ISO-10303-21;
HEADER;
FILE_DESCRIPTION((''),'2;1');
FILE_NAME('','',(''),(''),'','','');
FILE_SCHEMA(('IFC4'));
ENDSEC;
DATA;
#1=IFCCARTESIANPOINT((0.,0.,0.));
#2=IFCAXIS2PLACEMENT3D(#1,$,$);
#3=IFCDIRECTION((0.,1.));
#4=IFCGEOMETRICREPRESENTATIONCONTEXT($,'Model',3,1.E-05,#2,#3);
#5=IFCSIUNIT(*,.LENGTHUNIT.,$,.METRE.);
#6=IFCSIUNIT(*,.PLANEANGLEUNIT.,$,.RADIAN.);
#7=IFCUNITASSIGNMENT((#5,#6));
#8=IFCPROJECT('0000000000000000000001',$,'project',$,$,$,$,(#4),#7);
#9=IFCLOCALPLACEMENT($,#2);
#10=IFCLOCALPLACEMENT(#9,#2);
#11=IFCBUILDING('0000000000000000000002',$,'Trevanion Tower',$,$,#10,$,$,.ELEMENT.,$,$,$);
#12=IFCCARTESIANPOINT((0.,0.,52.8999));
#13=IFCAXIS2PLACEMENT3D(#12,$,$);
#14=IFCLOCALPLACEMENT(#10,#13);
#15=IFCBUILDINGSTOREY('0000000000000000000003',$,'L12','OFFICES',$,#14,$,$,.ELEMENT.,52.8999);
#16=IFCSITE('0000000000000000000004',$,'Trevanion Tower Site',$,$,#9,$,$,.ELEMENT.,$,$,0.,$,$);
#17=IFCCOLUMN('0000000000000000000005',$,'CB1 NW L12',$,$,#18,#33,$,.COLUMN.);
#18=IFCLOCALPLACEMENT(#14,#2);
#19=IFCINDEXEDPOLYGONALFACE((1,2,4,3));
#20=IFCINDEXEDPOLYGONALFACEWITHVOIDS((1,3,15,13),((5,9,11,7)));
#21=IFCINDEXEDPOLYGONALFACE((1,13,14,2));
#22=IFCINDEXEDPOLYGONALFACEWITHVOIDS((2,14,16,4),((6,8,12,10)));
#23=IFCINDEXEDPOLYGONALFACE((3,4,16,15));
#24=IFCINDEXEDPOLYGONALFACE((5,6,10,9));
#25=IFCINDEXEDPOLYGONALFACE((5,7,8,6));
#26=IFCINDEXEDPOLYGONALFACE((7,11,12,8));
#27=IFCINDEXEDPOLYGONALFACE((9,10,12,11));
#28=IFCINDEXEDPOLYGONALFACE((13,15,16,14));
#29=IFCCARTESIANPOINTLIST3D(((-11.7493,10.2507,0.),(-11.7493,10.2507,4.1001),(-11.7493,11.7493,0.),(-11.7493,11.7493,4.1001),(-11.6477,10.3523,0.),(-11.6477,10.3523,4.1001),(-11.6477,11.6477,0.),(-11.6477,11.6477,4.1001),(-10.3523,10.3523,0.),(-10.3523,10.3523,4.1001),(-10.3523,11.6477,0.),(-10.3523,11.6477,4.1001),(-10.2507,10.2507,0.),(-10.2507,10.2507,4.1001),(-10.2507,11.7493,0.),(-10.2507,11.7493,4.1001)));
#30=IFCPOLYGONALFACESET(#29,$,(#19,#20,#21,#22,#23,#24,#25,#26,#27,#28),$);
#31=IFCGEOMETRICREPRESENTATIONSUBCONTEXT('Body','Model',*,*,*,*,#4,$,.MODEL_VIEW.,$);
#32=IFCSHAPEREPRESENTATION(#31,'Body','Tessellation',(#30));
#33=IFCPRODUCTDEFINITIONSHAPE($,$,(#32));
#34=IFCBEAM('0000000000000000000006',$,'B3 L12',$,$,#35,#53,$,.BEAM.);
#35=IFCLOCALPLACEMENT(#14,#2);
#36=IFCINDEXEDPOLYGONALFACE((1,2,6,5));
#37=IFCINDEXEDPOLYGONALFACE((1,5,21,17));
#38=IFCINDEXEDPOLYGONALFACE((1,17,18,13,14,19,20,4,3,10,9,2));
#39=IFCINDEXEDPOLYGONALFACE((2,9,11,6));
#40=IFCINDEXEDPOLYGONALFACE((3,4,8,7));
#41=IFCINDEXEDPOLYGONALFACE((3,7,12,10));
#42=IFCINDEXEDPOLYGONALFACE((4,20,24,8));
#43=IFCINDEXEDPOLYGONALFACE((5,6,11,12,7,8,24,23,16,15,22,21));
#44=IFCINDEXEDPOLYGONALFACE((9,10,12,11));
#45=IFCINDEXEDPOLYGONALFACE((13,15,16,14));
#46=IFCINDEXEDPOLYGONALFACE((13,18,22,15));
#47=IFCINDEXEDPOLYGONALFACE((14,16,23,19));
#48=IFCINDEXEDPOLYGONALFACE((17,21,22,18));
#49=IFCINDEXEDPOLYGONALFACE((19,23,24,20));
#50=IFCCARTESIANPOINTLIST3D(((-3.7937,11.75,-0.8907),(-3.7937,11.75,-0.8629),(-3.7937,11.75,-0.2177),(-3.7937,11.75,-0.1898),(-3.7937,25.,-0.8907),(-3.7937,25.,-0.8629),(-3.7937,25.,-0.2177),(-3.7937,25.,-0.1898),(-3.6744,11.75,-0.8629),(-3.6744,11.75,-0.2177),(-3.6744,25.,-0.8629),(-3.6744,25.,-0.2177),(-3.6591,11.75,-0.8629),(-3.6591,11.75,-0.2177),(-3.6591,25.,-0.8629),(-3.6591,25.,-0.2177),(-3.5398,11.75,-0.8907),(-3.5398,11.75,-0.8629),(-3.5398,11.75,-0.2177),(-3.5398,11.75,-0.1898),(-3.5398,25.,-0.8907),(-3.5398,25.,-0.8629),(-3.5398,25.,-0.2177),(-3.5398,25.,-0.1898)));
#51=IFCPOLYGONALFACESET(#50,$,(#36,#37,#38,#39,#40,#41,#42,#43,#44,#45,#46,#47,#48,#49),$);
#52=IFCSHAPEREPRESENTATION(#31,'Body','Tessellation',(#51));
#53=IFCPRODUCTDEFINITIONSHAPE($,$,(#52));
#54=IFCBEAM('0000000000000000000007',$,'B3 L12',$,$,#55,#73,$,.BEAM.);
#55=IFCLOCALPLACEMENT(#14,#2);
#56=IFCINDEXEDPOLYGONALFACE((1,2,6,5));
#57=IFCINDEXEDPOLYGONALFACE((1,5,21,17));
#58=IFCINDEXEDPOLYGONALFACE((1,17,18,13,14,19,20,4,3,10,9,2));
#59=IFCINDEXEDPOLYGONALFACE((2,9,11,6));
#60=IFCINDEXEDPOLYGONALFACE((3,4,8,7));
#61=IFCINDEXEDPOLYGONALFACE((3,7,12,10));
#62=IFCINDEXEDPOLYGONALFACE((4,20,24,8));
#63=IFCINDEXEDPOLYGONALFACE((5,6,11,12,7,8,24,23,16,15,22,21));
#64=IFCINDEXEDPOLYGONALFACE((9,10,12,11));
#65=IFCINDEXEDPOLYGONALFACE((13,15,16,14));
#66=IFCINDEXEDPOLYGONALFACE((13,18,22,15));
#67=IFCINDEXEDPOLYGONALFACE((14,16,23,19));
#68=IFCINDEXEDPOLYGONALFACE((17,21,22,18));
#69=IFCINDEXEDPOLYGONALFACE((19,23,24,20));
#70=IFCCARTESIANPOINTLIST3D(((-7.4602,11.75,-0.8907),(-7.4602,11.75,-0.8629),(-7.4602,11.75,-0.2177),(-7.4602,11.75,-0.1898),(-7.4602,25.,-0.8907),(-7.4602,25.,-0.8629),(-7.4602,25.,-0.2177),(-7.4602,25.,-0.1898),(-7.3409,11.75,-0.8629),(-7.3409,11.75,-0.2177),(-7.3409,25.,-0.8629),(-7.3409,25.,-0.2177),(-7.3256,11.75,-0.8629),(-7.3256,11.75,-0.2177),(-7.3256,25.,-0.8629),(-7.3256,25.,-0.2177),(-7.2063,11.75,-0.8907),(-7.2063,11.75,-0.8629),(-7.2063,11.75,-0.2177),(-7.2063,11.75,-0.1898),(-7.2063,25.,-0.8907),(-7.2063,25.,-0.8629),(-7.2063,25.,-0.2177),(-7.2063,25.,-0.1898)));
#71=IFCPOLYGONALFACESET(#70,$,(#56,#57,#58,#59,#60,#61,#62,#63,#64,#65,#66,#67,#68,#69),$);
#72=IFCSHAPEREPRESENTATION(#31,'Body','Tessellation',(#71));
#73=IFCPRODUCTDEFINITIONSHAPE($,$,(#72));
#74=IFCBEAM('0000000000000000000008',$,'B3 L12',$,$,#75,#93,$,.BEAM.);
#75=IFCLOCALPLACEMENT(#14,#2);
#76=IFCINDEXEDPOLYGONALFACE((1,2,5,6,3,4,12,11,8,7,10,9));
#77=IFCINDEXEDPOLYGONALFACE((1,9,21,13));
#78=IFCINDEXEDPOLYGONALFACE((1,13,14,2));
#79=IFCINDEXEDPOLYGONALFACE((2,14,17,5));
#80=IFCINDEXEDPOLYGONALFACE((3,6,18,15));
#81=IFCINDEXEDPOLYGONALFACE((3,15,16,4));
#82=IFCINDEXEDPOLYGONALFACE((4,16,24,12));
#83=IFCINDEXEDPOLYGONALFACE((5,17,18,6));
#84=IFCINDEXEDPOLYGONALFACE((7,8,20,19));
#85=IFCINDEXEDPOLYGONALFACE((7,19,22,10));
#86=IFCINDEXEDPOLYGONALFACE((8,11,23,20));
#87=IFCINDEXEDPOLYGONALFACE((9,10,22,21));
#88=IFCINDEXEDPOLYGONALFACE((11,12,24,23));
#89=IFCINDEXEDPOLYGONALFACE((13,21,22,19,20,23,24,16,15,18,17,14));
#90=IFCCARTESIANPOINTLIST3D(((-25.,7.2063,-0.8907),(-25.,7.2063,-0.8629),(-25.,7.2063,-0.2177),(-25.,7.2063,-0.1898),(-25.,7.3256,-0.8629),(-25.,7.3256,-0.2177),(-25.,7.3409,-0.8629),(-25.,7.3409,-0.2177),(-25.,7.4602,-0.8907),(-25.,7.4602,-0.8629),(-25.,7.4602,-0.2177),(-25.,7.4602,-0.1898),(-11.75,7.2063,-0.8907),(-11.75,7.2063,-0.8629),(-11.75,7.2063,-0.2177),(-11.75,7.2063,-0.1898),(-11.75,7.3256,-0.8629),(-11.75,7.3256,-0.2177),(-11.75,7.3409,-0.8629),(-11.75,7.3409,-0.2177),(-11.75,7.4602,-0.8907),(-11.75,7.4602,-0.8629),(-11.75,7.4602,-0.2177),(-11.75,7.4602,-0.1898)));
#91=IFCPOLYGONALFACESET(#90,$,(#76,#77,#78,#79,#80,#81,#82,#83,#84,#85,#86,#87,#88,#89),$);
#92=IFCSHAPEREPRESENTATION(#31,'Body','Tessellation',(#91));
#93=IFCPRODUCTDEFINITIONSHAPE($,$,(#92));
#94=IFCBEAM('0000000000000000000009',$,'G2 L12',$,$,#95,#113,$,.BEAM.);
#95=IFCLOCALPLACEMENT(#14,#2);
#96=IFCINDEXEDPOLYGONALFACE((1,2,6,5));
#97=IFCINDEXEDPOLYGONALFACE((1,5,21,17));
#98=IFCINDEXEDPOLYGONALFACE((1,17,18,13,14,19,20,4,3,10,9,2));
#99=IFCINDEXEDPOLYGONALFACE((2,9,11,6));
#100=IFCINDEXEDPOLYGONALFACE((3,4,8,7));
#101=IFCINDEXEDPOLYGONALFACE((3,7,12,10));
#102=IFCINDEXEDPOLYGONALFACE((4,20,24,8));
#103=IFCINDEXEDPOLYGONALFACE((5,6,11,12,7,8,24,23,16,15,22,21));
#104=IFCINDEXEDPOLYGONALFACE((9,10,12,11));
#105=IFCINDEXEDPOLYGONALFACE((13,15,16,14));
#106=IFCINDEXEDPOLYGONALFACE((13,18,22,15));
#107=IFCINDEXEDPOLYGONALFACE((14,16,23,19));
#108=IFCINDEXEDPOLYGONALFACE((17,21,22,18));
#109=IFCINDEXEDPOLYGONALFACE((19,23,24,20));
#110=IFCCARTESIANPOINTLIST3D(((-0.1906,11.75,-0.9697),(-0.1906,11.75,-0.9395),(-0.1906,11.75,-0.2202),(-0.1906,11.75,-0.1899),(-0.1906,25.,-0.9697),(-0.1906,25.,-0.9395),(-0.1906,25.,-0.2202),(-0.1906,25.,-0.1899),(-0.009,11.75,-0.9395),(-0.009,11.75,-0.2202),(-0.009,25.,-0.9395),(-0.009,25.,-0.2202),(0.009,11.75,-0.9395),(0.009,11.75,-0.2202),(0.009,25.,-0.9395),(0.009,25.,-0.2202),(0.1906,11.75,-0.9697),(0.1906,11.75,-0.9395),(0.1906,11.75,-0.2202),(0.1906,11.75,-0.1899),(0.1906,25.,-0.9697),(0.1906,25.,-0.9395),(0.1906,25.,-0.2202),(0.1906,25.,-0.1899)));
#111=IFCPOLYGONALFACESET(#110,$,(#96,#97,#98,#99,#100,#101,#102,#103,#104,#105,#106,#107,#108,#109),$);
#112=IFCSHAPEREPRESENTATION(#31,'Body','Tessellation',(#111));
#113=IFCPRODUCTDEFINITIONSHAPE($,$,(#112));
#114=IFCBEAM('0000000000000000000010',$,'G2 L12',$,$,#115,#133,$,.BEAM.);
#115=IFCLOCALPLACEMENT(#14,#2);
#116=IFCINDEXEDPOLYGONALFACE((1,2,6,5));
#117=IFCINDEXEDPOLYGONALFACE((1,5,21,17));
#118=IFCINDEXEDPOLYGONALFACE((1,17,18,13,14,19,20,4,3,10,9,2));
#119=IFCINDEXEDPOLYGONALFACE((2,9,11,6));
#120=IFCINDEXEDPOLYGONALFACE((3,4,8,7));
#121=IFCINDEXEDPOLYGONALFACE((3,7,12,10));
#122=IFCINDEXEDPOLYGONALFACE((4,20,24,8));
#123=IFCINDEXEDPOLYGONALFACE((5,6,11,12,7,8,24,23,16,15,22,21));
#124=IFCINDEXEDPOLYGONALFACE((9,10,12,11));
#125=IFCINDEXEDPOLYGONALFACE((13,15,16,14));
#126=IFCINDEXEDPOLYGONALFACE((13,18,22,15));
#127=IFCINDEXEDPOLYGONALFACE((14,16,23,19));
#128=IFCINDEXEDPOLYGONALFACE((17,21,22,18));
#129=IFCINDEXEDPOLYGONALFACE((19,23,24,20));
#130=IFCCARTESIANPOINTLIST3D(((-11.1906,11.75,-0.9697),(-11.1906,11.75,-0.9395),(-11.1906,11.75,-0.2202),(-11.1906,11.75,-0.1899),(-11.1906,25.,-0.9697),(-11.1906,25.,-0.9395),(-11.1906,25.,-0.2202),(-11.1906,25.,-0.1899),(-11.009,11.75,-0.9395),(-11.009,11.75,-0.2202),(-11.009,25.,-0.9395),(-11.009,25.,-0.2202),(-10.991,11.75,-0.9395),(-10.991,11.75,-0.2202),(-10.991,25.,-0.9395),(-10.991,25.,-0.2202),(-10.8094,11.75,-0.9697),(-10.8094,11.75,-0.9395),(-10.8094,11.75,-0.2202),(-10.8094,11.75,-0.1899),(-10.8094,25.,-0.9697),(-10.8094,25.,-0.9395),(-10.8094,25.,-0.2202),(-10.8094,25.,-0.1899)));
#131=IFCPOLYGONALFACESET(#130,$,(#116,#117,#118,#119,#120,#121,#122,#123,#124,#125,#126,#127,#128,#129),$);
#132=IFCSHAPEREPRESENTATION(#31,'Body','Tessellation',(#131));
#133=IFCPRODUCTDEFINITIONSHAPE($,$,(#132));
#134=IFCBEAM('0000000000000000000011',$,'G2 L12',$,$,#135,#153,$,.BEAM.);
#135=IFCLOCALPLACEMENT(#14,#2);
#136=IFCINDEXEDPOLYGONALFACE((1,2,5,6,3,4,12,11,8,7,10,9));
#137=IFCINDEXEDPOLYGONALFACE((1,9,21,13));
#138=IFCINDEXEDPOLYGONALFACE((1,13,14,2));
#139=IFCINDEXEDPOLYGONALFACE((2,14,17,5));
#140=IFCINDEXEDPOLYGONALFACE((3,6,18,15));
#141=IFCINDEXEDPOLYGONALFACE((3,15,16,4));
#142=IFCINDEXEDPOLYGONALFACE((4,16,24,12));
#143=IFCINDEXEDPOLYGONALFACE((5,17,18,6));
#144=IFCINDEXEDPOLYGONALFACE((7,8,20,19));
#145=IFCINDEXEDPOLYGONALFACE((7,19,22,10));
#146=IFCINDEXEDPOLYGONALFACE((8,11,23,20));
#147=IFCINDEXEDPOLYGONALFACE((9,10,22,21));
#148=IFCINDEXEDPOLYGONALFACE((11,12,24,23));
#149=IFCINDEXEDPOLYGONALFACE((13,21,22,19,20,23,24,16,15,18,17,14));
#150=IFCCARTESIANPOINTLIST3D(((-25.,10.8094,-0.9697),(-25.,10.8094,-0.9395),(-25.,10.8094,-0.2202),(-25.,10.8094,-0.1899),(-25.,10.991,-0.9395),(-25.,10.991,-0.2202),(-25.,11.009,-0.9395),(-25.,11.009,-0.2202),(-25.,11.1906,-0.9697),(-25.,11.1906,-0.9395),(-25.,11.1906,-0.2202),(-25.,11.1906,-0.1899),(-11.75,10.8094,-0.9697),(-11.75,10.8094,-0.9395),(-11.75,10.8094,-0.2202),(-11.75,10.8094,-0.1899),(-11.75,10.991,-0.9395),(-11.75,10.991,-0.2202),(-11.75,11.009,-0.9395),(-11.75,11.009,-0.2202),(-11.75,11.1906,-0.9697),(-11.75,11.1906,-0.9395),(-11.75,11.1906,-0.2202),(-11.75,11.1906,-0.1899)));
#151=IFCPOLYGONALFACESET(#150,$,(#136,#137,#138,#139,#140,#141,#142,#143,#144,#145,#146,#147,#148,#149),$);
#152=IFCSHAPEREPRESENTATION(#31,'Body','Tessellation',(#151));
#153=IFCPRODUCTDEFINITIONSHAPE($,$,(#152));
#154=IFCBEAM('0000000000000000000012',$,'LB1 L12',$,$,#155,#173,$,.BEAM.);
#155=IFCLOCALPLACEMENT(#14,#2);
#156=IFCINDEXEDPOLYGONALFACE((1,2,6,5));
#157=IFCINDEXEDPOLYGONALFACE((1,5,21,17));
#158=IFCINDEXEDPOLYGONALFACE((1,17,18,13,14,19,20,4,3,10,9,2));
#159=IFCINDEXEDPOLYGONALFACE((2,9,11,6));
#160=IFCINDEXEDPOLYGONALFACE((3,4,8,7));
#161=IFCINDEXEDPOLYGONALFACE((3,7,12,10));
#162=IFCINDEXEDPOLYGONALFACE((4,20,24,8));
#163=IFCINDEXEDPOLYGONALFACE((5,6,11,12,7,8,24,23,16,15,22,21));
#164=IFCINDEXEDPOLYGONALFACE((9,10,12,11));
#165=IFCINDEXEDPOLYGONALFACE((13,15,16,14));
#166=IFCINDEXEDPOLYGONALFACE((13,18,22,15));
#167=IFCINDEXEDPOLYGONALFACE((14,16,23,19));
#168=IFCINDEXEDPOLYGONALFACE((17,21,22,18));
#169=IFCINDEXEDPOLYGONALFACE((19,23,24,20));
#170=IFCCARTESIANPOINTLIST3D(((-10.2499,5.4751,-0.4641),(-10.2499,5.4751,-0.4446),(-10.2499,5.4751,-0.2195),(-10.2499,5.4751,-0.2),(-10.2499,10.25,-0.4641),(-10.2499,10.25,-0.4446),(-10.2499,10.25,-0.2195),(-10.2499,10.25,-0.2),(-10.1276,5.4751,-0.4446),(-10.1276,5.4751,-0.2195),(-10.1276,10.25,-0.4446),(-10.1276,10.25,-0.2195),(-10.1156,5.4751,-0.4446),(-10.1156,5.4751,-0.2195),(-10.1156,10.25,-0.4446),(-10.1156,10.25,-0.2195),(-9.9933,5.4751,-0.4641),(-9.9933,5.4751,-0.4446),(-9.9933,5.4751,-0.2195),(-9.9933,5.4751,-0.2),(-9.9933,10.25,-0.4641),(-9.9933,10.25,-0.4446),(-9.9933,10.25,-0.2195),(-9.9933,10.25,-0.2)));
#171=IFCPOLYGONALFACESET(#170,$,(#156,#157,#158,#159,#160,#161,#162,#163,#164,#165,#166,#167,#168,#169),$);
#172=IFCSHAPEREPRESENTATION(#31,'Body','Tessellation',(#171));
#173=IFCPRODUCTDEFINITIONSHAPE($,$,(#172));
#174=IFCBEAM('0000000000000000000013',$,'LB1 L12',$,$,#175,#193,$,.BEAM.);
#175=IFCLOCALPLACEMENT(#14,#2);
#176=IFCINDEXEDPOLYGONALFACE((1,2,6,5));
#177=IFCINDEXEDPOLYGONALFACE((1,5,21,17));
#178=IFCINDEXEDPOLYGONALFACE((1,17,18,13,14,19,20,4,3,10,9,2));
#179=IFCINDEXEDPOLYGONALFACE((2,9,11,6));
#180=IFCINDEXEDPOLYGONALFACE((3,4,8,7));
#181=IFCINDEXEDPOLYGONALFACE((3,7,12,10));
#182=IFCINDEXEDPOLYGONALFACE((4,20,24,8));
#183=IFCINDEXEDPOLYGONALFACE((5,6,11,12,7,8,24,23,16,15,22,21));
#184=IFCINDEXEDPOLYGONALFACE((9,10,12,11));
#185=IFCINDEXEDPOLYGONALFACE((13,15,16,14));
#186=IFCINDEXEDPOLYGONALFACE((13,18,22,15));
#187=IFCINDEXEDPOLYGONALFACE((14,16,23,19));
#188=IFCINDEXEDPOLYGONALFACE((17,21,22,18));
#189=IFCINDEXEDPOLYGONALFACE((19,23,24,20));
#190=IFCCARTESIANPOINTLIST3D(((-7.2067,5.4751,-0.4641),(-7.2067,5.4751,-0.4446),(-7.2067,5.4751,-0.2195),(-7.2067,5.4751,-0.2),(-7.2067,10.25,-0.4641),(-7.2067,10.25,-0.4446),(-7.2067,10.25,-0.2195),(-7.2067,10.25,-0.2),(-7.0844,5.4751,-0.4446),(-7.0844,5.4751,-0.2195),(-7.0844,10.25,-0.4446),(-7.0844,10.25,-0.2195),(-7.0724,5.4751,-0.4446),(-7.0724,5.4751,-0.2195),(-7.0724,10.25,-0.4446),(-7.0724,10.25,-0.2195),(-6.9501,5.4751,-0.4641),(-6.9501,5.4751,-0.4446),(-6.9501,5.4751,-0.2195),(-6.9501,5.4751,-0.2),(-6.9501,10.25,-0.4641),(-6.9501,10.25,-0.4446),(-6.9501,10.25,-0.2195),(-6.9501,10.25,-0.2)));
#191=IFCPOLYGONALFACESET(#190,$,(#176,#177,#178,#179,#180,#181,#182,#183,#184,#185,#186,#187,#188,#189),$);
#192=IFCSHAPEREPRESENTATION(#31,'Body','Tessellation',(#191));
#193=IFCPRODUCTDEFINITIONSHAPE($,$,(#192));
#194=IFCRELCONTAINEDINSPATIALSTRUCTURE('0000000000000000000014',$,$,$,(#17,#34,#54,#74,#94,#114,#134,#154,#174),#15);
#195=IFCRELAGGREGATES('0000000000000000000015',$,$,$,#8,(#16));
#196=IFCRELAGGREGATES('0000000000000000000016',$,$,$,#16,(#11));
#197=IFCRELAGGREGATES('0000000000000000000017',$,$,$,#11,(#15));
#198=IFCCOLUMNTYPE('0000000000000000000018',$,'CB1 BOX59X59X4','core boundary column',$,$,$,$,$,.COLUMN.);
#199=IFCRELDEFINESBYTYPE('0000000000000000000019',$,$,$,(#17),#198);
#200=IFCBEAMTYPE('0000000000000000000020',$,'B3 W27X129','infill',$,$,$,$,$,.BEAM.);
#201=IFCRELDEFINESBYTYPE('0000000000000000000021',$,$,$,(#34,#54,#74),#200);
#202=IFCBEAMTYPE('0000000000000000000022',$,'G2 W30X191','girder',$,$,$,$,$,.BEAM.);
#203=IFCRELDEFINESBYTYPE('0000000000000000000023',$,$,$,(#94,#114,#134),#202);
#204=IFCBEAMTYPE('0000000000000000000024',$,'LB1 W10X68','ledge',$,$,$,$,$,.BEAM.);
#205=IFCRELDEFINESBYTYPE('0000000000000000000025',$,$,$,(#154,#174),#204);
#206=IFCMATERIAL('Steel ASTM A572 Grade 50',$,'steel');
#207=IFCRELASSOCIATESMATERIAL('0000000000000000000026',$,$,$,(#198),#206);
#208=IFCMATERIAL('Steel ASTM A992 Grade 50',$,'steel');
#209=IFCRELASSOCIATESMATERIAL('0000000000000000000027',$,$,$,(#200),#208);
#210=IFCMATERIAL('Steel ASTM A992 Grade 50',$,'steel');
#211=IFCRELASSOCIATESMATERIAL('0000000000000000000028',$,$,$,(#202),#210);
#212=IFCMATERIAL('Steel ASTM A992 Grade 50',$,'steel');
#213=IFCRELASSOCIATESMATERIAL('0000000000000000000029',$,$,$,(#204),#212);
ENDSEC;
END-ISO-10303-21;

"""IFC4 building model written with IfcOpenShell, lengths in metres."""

from ifc_helpers import new_model, si_unit, direction, frame, origin, origin_2d, place, context, subcontext, project, spatial, hollow_rectangle, i_section, extrude, material, material_profile, profile_set, type_object, element, save


model = new_model("IFC4")

# Units and contexts
model_context = context("Model", 3, precision=1e-05, world=origin(), true_north=direction((0.0, 1.0)))
body_context = subcontext(model_context, "Body", "Model", "MODEL_VIEW")
ifc_project = project(units=[si_unit("LENGTHUNIT", "METRE"), si_unit("PLANEANGLEUNIT", "RADIAN")], contexts=[model_context])

# Site, building, storey
site_placement = place(None, origin())
site = spatial("IfcSite", under=ifc_project, at=site_placement, Name="Trevanion Tower Site", CompositionType="ELEMENT", RefElevation=0.0)
building_placement = place(site_placement, origin())
building = spatial("IfcBuilding", under=site, at=building_placement, Name="Trevanion Tower", CompositionType="ELEMENT")
storey_placement = place(building_placement, frame((0.0, 0.0, 52.8999)))
storey = spatial("IfcBuildingStorey", under=building, at=storey_placement, Name="L12", Description="OFFICES", CompositionType="ELEMENT", Elevation=52.8999)

# Column
ifc_material_1 = material(Name="Steel ASTM A572 Grade 50", Category="steel")
ifc_material_profile_1 = material_profile(ifc_material_1, hollow_rectangle(XDim=1.4985, YDim=1.4985, WallThickness=0.1016, at=origin_2d()), Name="BOX59X59X4")
ifc_profile_set_1 = profile_set([ifc_material_profile_1], Name="Steel ASTM A572 Grade 50")
column_type = type_object("IfcColumnType", Name="CB1 BOX59X59X4", Description="core boundary column", PredefinedType="COLUMN", material=ifc_profile_set_1)
column_placement = place(storey_placement, frame((-11.0, 11.0, 0.0), z_axis=(0.0, 0.0, 1.0), x_axis=(1.0, 0.0, 0.0)))
element("IfcColumn", 1, at=column_placement, inside=storey, type_object=column_type, Name="CB1 NW L12", PredefinedType="COLUMN", context=body_context, shape_type="SweptSolid", body=[
    extrude(hollow_rectangle(XDim=1.4985, YDim=1.4985, WallThickness=0.1016, at=origin_2d()), origin(), (0.0, 0.0, 1.0), 4.1001),
])

# Beams
ifc_material_2 = material(Name="Steel ASTM A992 Grade 50", Category="steel")
ifc_material_profile_2 = material_profile(ifc_material_2, i_section(OverallWidth=0.2539, OverallDepth=0.7009, WebThickness=0.0154, FlangeThickness=0.0278, at=origin_2d()), Name="W27X129")
ifc_profile_set_2 = profile_set([ifc_material_profile_2], Name="Steel ASTM A992 Grade 50")
beam_type_1 = type_object("IfcBeamType", Name="B3 W27X129", Description="infill", PredefinedType="BEAM", material=ifc_profile_set_2)
for number, where, z_axis, x_axis, name in (
    (2, (-3.6667, 11.75, -0.5403), (0.0, 1.0, 0.0), (-1.0, 0.0, 0.0), "B3 L12"),
    (3, (-7.3333, 11.75, -0.5403), (0.0, 1.0, 0.0), (-1.0, 0.0, 0.0), "B3 L12"),
    (4, (-11.75, 7.3333, -0.5403), (-1.0, 0.0, 0.0), (0.0, -1.0, 0.0), "B3 L12"),
):
    element("IfcBeam", number, at=place(storey_placement, frame(where, z_axis=z_axis, x_axis=x_axis)), inside=storey, type_object=beam_type_1, Name=name, PredefinedType="BEAM", context=body_context, shape_type="SweptSolid", body=[
        extrude(i_section(OverallWidth=0.2539, OverallDepth=0.7009, WebThickness=0.0154, FlangeThickness=0.0278, at=origin_2d()), origin(), (0.0, 0.0, 1.0), 13.25),
    ])
ifc_material_3 = material(Name="Steel ASTM A992 Grade 50", Category="steel")
ifc_material_profile_3 = material_profile(ifc_material_3, i_section(OverallWidth=0.3811, OverallDepth=0.7798, WebThickness=0.0181, FlangeThickness=0.0303, at=origin_2d()), Name="W30X191")
ifc_profile_set_3 = profile_set([ifc_material_profile_3], Name="Steel ASTM A992 Grade 50")
beam_type_2 = type_object("IfcBeamType", Name="G2 W30X191", Description="girder", PredefinedType="BEAM", material=ifc_profile_set_3)
for number, where, z_axis, x_axis, name in (
    (5, (0.0, 11.75, -0.5798), (0.0, 1.0, 0.0), (-1.0, 0.0, 0.0), "G2 L12"),
    (6, (-11.0, 11.75, -0.5798), (0.0, 1.0, 0.0), (-1.0, 0.0, 0.0), "G2 L12"),
    (7, (-11.75, 11.0, -0.5798), (-1.0, 0.0, 0.0), (0.0, -1.0, 0.0), "G2 L12"),
):
    element("IfcBeam", number, at=place(storey_placement, frame(where, z_axis=z_axis, x_axis=x_axis)), inside=storey, type_object=beam_type_2, Name=name, PredefinedType="BEAM", context=body_context, shape_type="SweptSolid", body=[
        extrude(i_section(OverallWidth=0.3811, OverallDepth=0.7798, WebThickness=0.0181, FlangeThickness=0.0303, at=origin_2d()), origin(), (0.0, 0.0, 1.0), 13.25),
    ])
ifc_material_4 = material(Name="Steel ASTM A992 Grade 50", Category="steel")
ifc_material_profile_4 = material_profile(ifc_material_4, i_section(OverallWidth=0.2566, OverallDepth=0.2642, WebThickness=0.012, FlangeThickness=0.0195, at=origin_2d()), Name="W10X68")
ifc_profile_set_4 = profile_set([ifc_material_profile_4], Name="Steel ASTM A992 Grade 50")
beam_type_3 = type_object("IfcBeamType", Name="LB1 W10X68", Description="ledge", PredefinedType="BEAM", material=ifc_profile_set_4)
for number, where, z_axis, x_axis, name in (
    (8, (-10.1216, 5.4751, -0.332), (0.0, 1.0, 0.0), (-1.0, 0.0, 0.0), "LB1 L12"),
    (9, (-7.0784, 5.4751, -0.332), (0.0, 1.0, 0.0), (-1.0, 0.0, 0.0), "LB1 L12"),
):
    element("IfcBeam", number, at=place(storey_placement, frame(where, z_axis=z_axis, x_axis=x_axis)), inside=storey, type_object=beam_type_3, Name=name, PredefinedType="BEAM", context=body_context, shape_type="SweptSolid", body=[
        extrude(i_section(OverallWidth=0.2566, OverallDepth=0.2642, WebThickness=0.012, FlangeThickness=0.0195, at=origin_2d()), origin(), (0.0, 0.0, 1.0), 4.7749),
    ])

save(model, "model.ifc")
